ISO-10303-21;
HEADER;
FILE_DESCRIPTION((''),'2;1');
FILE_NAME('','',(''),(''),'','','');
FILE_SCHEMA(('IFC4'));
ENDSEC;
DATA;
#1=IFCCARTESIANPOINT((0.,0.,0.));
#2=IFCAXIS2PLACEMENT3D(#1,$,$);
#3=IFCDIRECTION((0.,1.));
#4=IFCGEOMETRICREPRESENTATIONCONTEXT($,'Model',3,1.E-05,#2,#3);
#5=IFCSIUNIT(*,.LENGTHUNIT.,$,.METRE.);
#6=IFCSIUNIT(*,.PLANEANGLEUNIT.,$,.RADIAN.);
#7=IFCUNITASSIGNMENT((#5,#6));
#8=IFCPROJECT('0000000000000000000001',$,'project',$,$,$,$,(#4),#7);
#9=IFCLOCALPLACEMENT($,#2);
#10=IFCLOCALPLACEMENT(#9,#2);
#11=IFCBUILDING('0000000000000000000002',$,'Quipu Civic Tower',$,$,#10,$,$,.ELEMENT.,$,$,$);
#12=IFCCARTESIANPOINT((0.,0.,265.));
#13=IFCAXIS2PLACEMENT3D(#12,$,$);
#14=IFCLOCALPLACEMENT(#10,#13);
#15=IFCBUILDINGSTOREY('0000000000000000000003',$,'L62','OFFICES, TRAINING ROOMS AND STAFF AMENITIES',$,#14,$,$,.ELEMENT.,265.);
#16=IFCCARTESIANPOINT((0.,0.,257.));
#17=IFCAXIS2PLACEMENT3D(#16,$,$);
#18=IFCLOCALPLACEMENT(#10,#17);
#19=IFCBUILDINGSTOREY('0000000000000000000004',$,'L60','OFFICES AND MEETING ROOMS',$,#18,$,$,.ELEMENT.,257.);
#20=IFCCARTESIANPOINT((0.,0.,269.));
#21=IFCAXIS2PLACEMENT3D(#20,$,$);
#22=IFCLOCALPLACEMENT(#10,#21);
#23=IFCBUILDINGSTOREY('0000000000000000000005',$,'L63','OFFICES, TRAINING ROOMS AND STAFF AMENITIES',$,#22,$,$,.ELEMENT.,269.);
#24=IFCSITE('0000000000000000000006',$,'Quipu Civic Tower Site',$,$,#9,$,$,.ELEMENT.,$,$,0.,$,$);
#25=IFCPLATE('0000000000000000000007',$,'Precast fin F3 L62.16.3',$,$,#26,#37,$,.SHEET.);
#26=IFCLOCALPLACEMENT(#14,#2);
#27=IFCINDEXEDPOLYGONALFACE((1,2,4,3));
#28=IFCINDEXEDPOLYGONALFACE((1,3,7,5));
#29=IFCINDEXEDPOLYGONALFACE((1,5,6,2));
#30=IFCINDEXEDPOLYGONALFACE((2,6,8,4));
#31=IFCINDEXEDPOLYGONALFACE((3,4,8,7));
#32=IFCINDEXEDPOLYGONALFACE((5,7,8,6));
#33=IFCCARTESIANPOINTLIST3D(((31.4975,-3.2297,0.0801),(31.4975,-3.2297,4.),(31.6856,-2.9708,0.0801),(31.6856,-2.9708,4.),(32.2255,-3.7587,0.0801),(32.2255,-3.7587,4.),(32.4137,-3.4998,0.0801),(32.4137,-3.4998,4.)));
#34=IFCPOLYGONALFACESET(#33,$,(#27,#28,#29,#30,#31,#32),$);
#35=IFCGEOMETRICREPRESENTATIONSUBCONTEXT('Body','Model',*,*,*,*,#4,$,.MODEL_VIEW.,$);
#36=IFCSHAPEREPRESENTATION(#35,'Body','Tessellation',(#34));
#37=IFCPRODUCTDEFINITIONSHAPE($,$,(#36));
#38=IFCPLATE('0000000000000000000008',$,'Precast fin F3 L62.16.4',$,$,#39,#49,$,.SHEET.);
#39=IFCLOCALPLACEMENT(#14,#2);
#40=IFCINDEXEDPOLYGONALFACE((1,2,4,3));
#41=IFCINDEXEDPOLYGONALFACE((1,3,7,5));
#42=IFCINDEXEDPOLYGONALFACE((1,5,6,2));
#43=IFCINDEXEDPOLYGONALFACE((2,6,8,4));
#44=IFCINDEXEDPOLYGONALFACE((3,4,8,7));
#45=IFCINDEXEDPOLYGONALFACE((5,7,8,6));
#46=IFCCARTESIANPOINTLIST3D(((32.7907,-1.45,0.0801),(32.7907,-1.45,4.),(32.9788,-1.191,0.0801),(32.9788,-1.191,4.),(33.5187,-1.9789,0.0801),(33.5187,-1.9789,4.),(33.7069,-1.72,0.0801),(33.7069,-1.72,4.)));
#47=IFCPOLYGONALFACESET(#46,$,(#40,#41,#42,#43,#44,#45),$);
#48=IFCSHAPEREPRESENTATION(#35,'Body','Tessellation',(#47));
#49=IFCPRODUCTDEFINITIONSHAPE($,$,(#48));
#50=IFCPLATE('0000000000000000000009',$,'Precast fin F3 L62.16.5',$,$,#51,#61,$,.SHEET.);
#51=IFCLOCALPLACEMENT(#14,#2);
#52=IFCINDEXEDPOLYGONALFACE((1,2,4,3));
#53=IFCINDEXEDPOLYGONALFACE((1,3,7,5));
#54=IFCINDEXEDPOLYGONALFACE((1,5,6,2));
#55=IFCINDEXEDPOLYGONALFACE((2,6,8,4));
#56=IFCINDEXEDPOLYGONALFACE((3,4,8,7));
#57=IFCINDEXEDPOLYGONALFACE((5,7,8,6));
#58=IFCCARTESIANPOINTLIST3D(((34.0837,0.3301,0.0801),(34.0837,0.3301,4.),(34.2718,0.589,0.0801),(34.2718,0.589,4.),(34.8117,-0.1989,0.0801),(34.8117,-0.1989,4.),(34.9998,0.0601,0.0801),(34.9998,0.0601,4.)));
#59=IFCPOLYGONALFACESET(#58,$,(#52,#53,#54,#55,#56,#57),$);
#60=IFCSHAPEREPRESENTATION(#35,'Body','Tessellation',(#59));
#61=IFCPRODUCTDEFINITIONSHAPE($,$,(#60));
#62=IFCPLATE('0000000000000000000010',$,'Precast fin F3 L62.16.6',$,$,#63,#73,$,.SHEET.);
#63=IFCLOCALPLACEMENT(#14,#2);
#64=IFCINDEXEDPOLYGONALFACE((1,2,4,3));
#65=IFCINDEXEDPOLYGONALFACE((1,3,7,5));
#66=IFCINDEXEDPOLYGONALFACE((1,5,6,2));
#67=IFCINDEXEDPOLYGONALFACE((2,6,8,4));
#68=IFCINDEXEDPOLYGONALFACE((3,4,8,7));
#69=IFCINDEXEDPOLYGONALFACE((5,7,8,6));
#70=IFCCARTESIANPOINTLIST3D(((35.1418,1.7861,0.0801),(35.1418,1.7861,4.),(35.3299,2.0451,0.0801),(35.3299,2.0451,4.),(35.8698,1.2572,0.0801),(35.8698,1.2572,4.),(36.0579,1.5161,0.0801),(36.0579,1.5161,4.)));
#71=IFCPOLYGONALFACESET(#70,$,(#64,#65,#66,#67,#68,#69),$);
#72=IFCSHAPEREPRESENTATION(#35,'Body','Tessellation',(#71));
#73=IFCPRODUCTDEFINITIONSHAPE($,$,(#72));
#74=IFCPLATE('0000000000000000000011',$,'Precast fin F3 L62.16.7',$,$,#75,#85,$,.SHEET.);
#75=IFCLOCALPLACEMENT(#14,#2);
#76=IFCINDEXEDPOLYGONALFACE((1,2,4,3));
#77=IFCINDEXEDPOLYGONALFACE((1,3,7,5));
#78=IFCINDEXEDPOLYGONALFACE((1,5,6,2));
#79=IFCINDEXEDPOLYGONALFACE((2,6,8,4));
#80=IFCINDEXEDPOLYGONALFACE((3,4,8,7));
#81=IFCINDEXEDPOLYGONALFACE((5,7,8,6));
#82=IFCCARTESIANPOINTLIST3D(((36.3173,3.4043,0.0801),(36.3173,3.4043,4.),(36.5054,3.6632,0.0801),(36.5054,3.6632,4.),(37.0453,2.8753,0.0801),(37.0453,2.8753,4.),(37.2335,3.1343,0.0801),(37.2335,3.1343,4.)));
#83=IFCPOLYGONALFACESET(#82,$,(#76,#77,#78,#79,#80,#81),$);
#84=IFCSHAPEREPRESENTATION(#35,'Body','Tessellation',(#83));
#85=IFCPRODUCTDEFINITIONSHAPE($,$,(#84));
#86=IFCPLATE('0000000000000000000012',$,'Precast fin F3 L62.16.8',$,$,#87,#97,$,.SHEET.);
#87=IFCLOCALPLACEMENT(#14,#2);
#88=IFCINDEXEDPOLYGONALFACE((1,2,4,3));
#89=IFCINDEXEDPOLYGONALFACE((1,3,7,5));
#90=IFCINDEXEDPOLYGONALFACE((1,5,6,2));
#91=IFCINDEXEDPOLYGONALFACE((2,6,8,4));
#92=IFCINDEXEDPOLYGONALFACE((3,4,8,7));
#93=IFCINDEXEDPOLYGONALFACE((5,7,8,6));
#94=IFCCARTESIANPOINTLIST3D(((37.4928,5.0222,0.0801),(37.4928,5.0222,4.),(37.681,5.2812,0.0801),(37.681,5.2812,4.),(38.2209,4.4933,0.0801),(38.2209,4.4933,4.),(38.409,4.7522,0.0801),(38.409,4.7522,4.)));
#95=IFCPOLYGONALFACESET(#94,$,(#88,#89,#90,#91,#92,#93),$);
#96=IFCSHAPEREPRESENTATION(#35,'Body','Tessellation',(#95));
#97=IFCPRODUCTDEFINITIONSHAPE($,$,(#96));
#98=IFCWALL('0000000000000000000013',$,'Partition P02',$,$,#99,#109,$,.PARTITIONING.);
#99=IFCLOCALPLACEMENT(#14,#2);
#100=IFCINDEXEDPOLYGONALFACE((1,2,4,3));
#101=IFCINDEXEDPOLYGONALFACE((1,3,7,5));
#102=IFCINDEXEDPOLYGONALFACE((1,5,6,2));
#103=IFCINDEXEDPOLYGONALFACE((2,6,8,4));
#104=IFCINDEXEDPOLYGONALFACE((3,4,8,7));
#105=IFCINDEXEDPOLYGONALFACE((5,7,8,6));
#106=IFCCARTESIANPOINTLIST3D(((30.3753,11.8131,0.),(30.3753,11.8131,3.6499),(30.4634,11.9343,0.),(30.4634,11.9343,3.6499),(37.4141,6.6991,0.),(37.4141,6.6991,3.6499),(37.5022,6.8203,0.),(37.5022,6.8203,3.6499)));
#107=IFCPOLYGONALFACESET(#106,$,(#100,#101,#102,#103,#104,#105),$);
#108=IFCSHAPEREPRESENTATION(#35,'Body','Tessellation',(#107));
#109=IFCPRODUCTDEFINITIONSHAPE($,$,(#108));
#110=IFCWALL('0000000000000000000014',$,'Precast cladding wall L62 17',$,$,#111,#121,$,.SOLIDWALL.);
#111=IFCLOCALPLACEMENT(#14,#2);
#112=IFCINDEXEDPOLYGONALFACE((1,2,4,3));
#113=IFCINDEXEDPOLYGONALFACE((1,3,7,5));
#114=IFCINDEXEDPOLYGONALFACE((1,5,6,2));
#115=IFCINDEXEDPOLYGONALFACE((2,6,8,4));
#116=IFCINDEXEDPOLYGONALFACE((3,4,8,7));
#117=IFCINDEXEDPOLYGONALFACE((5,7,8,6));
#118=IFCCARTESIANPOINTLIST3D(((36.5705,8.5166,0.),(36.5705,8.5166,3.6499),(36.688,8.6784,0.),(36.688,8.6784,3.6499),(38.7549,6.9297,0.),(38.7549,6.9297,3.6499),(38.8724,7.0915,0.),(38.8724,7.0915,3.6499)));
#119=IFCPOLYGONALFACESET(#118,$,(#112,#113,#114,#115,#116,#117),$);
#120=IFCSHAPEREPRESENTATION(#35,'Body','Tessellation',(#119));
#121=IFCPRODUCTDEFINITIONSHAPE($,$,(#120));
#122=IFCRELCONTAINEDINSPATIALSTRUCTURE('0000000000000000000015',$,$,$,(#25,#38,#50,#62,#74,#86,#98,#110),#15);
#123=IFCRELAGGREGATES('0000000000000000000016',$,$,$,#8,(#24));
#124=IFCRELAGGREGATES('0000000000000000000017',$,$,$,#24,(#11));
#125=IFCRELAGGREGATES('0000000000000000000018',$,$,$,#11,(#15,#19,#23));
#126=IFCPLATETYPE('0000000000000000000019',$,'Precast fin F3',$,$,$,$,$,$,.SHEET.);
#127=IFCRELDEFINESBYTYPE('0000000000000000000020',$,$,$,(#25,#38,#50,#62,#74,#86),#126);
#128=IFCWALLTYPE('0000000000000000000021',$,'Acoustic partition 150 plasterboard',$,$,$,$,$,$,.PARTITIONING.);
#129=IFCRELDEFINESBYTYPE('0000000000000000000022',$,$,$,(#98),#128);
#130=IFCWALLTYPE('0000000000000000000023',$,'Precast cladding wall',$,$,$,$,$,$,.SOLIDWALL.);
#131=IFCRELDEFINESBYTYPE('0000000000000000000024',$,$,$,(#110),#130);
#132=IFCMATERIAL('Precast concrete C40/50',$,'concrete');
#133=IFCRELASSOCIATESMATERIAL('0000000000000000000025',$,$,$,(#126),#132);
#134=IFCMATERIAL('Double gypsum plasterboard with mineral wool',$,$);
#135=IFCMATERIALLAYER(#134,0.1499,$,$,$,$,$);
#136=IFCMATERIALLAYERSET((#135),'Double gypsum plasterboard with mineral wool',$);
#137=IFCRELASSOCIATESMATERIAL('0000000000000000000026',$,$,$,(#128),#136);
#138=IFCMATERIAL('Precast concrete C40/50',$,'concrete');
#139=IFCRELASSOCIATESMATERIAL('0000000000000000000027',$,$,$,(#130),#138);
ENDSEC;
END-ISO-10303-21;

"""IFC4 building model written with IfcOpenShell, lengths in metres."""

from ifc_helpers import new_model, si_unit, direction, frame, frame_2d, origin, origin_2d, place, context, subcontext, project, spatial, rectangle, extrude, material, layer, layer_set, type_object, element, save


model = new_model("IFC4")

# Units and contexts
model_context = context("Model", 3, precision=1e-05, world=origin(), true_north=direction((0.0, 1.0)))
body_context = subcontext(model_context, "Body", "Model", "MODEL_VIEW")
ifc_project = project(units=[si_unit("LENGTHUNIT", "METRE"), si_unit("PLANEANGLEUNIT", "RADIAN")], contexts=[model_context])

# Site, building, storey
site_placement = place(None, origin())
site = spatial("IfcSite", under=ifc_project, at=site_placement, Name="Quipu Civic Tower Site", CompositionType="ELEMENT", RefElevation=0.0)
building_placement = place(site_placement, origin())
building = spatial("IfcBuilding", under=site, at=building_placement, Name="Quipu Civic Tower", CompositionType="ELEMENT")
storey_1_placement = place(building_placement, frame((0.0, 0.0, 265.0)))
storey_1 = spatial("IfcBuildingStorey", under=building, at=storey_1_placement, Name="L62", Description="OFFICES, TRAINING ROOMS AND STAFF AMENITIES", CompositionType="ELEMENT", Elevation=265.0)

# Shared definitions
storey_2_placement = place(building_placement, frame((0.0, 0.0, 257.0)))
storey_2 = spatial("IfcBuildingStorey", under=building, at=storey_2_placement, Name="L60", Description="OFFICES AND MEETING ROOMS", CompositionType="ELEMENT", Elevation=257.0)

# Shared definitions
storey_3_placement = place(building_placement, frame((0.0, 0.0, 269.0)))
storey_3 = spatial("IfcBuildingStorey", under=building, at=storey_3_placement, Name="L63", Description="OFFICES, TRAINING ROOMS AND STAFF AMENITIES", CompositionType="ELEMENT", Elevation=269.0)

# Plates
ifc_material_1 = material(Name="Precast concrete C40/50", Category="concrete")
plate_type_1 = type_object("IfcPlateType", Name="Precast fin F3", PredefinedType="SHEET", material=ifc_material_1)
for number, where, z_axis, x_axis, name in (
    (1, (31.9556, -3.3647, 0.0801), (0.0, 0.0, 1.0), (0.587787, 0.809016, 0.0), "Precast fin F3 L62.16.3"),
    (2, (33.2488, -1.585, 0.0801), (0.0, 0.0, 1.0), (0.587787, 0.809016, 0.0), "Precast fin F3 L62.16.4"),
    (3, (34.5417, 0.1951, 0.0801), (0.0, 0.0, 1.0), (0.587787, 0.809016, 0.0), "Precast fin F3 L62.16.5"),
    (4, (35.5999, 1.6511, 0.0801), (0.0, 0.0, 1.0), (0.587787, 0.809016, 0.0), "Precast fin F3 L62.16.6"),
    (5, (36.7754, 3.2693, 0.0801), (0.0, 0.0, 1.0), (0.587787, 0.809016, 0.0), "Precast fin F3 L62.16.7"),
    (6, (37.9509, 4.8872, 0.0801), (0.0, 0.0, 1.0), (0.587787, 0.809016, 0.0), "Precast fin F3 L62.16.8"),
):
    element("IfcPlate", number, at=place(storey_1_placement, frame(where, z_axis=z_axis, x_axis=x_axis)), inside=storey_1, type_object=plate_type_1, Name=name, PredefinedType="SHEET", context=body_context, shape_type="SweptSolid", body=[
        extrude(rectangle(XDim=0.3201, YDim=0.8999, at=origin_2d()), origin(), (0.0, 0.0, 1.0), 3.9199),
    ])

# Walls
ifc_material_2 = material(Name="Double gypsum plasterboard with mineral wool")
ifc_layer_1 = layer(ifc_material_2, 0.1499)
ifc_layer_set_1 = layer_set([ifc_layer_1], Name="Double gypsum plasterboard with mineral wool")
wall_type_1 = type_object("IfcWallType", Name="Acoustic partition 150 plasterboard", PredefinedType="PARTITIONING", material=ifc_layer_set_1)
wall_1_placement = place(storey_1_placement, frame((37.458, 6.7598, 0.0), z_axis=(0.0, 0.0, 1.0), x_axis=(-0.809016, 0.587786, 0.0)))
element("IfcWall", 7, at=wall_1_placement, inside=storey_1, type_object=wall_type_1, Name="Partition P02", PredefinedType="PARTITIONING", context=body_context, shape_type="SweptSolid", body=[
    extrude(rectangle(XDim=8.7004, YDim=0.1499, at=frame_2d((4.3501, 0.0))), origin(), (0.0, 0.0, 1.0), 3.6499),
])
ifc_material_3 = material(Name="Precast concrete C40/50", Category="concrete")
wall_type_2 = type_object("IfcWallType", Name="Precast cladding wall", PredefinedType="SOLIDWALL", material=ifc_material_3)
wall_2_placement = place(storey_1_placement, frame((38.8137, 7.0105, 0.0), z_axis=(0.0, 0.0, 1.0), x_axis=(-0.809033, 0.587763, 0.0)))
element("IfcWall", 8, at=wall_2_placement, inside=storey_1, type_object=wall_type_2, Name="Precast cladding wall L62 17", PredefinedType="SOLIDWALL", context=body_context, shape_type="SweptSolid", body=[
    extrude(rectangle(XDim=2.7, YDim=0.2, at=frame_2d((1.3501, 0.0))), origin(), (0.0, 0.0, 1.0), 3.6499),
])

save(model, "model.ifc")
